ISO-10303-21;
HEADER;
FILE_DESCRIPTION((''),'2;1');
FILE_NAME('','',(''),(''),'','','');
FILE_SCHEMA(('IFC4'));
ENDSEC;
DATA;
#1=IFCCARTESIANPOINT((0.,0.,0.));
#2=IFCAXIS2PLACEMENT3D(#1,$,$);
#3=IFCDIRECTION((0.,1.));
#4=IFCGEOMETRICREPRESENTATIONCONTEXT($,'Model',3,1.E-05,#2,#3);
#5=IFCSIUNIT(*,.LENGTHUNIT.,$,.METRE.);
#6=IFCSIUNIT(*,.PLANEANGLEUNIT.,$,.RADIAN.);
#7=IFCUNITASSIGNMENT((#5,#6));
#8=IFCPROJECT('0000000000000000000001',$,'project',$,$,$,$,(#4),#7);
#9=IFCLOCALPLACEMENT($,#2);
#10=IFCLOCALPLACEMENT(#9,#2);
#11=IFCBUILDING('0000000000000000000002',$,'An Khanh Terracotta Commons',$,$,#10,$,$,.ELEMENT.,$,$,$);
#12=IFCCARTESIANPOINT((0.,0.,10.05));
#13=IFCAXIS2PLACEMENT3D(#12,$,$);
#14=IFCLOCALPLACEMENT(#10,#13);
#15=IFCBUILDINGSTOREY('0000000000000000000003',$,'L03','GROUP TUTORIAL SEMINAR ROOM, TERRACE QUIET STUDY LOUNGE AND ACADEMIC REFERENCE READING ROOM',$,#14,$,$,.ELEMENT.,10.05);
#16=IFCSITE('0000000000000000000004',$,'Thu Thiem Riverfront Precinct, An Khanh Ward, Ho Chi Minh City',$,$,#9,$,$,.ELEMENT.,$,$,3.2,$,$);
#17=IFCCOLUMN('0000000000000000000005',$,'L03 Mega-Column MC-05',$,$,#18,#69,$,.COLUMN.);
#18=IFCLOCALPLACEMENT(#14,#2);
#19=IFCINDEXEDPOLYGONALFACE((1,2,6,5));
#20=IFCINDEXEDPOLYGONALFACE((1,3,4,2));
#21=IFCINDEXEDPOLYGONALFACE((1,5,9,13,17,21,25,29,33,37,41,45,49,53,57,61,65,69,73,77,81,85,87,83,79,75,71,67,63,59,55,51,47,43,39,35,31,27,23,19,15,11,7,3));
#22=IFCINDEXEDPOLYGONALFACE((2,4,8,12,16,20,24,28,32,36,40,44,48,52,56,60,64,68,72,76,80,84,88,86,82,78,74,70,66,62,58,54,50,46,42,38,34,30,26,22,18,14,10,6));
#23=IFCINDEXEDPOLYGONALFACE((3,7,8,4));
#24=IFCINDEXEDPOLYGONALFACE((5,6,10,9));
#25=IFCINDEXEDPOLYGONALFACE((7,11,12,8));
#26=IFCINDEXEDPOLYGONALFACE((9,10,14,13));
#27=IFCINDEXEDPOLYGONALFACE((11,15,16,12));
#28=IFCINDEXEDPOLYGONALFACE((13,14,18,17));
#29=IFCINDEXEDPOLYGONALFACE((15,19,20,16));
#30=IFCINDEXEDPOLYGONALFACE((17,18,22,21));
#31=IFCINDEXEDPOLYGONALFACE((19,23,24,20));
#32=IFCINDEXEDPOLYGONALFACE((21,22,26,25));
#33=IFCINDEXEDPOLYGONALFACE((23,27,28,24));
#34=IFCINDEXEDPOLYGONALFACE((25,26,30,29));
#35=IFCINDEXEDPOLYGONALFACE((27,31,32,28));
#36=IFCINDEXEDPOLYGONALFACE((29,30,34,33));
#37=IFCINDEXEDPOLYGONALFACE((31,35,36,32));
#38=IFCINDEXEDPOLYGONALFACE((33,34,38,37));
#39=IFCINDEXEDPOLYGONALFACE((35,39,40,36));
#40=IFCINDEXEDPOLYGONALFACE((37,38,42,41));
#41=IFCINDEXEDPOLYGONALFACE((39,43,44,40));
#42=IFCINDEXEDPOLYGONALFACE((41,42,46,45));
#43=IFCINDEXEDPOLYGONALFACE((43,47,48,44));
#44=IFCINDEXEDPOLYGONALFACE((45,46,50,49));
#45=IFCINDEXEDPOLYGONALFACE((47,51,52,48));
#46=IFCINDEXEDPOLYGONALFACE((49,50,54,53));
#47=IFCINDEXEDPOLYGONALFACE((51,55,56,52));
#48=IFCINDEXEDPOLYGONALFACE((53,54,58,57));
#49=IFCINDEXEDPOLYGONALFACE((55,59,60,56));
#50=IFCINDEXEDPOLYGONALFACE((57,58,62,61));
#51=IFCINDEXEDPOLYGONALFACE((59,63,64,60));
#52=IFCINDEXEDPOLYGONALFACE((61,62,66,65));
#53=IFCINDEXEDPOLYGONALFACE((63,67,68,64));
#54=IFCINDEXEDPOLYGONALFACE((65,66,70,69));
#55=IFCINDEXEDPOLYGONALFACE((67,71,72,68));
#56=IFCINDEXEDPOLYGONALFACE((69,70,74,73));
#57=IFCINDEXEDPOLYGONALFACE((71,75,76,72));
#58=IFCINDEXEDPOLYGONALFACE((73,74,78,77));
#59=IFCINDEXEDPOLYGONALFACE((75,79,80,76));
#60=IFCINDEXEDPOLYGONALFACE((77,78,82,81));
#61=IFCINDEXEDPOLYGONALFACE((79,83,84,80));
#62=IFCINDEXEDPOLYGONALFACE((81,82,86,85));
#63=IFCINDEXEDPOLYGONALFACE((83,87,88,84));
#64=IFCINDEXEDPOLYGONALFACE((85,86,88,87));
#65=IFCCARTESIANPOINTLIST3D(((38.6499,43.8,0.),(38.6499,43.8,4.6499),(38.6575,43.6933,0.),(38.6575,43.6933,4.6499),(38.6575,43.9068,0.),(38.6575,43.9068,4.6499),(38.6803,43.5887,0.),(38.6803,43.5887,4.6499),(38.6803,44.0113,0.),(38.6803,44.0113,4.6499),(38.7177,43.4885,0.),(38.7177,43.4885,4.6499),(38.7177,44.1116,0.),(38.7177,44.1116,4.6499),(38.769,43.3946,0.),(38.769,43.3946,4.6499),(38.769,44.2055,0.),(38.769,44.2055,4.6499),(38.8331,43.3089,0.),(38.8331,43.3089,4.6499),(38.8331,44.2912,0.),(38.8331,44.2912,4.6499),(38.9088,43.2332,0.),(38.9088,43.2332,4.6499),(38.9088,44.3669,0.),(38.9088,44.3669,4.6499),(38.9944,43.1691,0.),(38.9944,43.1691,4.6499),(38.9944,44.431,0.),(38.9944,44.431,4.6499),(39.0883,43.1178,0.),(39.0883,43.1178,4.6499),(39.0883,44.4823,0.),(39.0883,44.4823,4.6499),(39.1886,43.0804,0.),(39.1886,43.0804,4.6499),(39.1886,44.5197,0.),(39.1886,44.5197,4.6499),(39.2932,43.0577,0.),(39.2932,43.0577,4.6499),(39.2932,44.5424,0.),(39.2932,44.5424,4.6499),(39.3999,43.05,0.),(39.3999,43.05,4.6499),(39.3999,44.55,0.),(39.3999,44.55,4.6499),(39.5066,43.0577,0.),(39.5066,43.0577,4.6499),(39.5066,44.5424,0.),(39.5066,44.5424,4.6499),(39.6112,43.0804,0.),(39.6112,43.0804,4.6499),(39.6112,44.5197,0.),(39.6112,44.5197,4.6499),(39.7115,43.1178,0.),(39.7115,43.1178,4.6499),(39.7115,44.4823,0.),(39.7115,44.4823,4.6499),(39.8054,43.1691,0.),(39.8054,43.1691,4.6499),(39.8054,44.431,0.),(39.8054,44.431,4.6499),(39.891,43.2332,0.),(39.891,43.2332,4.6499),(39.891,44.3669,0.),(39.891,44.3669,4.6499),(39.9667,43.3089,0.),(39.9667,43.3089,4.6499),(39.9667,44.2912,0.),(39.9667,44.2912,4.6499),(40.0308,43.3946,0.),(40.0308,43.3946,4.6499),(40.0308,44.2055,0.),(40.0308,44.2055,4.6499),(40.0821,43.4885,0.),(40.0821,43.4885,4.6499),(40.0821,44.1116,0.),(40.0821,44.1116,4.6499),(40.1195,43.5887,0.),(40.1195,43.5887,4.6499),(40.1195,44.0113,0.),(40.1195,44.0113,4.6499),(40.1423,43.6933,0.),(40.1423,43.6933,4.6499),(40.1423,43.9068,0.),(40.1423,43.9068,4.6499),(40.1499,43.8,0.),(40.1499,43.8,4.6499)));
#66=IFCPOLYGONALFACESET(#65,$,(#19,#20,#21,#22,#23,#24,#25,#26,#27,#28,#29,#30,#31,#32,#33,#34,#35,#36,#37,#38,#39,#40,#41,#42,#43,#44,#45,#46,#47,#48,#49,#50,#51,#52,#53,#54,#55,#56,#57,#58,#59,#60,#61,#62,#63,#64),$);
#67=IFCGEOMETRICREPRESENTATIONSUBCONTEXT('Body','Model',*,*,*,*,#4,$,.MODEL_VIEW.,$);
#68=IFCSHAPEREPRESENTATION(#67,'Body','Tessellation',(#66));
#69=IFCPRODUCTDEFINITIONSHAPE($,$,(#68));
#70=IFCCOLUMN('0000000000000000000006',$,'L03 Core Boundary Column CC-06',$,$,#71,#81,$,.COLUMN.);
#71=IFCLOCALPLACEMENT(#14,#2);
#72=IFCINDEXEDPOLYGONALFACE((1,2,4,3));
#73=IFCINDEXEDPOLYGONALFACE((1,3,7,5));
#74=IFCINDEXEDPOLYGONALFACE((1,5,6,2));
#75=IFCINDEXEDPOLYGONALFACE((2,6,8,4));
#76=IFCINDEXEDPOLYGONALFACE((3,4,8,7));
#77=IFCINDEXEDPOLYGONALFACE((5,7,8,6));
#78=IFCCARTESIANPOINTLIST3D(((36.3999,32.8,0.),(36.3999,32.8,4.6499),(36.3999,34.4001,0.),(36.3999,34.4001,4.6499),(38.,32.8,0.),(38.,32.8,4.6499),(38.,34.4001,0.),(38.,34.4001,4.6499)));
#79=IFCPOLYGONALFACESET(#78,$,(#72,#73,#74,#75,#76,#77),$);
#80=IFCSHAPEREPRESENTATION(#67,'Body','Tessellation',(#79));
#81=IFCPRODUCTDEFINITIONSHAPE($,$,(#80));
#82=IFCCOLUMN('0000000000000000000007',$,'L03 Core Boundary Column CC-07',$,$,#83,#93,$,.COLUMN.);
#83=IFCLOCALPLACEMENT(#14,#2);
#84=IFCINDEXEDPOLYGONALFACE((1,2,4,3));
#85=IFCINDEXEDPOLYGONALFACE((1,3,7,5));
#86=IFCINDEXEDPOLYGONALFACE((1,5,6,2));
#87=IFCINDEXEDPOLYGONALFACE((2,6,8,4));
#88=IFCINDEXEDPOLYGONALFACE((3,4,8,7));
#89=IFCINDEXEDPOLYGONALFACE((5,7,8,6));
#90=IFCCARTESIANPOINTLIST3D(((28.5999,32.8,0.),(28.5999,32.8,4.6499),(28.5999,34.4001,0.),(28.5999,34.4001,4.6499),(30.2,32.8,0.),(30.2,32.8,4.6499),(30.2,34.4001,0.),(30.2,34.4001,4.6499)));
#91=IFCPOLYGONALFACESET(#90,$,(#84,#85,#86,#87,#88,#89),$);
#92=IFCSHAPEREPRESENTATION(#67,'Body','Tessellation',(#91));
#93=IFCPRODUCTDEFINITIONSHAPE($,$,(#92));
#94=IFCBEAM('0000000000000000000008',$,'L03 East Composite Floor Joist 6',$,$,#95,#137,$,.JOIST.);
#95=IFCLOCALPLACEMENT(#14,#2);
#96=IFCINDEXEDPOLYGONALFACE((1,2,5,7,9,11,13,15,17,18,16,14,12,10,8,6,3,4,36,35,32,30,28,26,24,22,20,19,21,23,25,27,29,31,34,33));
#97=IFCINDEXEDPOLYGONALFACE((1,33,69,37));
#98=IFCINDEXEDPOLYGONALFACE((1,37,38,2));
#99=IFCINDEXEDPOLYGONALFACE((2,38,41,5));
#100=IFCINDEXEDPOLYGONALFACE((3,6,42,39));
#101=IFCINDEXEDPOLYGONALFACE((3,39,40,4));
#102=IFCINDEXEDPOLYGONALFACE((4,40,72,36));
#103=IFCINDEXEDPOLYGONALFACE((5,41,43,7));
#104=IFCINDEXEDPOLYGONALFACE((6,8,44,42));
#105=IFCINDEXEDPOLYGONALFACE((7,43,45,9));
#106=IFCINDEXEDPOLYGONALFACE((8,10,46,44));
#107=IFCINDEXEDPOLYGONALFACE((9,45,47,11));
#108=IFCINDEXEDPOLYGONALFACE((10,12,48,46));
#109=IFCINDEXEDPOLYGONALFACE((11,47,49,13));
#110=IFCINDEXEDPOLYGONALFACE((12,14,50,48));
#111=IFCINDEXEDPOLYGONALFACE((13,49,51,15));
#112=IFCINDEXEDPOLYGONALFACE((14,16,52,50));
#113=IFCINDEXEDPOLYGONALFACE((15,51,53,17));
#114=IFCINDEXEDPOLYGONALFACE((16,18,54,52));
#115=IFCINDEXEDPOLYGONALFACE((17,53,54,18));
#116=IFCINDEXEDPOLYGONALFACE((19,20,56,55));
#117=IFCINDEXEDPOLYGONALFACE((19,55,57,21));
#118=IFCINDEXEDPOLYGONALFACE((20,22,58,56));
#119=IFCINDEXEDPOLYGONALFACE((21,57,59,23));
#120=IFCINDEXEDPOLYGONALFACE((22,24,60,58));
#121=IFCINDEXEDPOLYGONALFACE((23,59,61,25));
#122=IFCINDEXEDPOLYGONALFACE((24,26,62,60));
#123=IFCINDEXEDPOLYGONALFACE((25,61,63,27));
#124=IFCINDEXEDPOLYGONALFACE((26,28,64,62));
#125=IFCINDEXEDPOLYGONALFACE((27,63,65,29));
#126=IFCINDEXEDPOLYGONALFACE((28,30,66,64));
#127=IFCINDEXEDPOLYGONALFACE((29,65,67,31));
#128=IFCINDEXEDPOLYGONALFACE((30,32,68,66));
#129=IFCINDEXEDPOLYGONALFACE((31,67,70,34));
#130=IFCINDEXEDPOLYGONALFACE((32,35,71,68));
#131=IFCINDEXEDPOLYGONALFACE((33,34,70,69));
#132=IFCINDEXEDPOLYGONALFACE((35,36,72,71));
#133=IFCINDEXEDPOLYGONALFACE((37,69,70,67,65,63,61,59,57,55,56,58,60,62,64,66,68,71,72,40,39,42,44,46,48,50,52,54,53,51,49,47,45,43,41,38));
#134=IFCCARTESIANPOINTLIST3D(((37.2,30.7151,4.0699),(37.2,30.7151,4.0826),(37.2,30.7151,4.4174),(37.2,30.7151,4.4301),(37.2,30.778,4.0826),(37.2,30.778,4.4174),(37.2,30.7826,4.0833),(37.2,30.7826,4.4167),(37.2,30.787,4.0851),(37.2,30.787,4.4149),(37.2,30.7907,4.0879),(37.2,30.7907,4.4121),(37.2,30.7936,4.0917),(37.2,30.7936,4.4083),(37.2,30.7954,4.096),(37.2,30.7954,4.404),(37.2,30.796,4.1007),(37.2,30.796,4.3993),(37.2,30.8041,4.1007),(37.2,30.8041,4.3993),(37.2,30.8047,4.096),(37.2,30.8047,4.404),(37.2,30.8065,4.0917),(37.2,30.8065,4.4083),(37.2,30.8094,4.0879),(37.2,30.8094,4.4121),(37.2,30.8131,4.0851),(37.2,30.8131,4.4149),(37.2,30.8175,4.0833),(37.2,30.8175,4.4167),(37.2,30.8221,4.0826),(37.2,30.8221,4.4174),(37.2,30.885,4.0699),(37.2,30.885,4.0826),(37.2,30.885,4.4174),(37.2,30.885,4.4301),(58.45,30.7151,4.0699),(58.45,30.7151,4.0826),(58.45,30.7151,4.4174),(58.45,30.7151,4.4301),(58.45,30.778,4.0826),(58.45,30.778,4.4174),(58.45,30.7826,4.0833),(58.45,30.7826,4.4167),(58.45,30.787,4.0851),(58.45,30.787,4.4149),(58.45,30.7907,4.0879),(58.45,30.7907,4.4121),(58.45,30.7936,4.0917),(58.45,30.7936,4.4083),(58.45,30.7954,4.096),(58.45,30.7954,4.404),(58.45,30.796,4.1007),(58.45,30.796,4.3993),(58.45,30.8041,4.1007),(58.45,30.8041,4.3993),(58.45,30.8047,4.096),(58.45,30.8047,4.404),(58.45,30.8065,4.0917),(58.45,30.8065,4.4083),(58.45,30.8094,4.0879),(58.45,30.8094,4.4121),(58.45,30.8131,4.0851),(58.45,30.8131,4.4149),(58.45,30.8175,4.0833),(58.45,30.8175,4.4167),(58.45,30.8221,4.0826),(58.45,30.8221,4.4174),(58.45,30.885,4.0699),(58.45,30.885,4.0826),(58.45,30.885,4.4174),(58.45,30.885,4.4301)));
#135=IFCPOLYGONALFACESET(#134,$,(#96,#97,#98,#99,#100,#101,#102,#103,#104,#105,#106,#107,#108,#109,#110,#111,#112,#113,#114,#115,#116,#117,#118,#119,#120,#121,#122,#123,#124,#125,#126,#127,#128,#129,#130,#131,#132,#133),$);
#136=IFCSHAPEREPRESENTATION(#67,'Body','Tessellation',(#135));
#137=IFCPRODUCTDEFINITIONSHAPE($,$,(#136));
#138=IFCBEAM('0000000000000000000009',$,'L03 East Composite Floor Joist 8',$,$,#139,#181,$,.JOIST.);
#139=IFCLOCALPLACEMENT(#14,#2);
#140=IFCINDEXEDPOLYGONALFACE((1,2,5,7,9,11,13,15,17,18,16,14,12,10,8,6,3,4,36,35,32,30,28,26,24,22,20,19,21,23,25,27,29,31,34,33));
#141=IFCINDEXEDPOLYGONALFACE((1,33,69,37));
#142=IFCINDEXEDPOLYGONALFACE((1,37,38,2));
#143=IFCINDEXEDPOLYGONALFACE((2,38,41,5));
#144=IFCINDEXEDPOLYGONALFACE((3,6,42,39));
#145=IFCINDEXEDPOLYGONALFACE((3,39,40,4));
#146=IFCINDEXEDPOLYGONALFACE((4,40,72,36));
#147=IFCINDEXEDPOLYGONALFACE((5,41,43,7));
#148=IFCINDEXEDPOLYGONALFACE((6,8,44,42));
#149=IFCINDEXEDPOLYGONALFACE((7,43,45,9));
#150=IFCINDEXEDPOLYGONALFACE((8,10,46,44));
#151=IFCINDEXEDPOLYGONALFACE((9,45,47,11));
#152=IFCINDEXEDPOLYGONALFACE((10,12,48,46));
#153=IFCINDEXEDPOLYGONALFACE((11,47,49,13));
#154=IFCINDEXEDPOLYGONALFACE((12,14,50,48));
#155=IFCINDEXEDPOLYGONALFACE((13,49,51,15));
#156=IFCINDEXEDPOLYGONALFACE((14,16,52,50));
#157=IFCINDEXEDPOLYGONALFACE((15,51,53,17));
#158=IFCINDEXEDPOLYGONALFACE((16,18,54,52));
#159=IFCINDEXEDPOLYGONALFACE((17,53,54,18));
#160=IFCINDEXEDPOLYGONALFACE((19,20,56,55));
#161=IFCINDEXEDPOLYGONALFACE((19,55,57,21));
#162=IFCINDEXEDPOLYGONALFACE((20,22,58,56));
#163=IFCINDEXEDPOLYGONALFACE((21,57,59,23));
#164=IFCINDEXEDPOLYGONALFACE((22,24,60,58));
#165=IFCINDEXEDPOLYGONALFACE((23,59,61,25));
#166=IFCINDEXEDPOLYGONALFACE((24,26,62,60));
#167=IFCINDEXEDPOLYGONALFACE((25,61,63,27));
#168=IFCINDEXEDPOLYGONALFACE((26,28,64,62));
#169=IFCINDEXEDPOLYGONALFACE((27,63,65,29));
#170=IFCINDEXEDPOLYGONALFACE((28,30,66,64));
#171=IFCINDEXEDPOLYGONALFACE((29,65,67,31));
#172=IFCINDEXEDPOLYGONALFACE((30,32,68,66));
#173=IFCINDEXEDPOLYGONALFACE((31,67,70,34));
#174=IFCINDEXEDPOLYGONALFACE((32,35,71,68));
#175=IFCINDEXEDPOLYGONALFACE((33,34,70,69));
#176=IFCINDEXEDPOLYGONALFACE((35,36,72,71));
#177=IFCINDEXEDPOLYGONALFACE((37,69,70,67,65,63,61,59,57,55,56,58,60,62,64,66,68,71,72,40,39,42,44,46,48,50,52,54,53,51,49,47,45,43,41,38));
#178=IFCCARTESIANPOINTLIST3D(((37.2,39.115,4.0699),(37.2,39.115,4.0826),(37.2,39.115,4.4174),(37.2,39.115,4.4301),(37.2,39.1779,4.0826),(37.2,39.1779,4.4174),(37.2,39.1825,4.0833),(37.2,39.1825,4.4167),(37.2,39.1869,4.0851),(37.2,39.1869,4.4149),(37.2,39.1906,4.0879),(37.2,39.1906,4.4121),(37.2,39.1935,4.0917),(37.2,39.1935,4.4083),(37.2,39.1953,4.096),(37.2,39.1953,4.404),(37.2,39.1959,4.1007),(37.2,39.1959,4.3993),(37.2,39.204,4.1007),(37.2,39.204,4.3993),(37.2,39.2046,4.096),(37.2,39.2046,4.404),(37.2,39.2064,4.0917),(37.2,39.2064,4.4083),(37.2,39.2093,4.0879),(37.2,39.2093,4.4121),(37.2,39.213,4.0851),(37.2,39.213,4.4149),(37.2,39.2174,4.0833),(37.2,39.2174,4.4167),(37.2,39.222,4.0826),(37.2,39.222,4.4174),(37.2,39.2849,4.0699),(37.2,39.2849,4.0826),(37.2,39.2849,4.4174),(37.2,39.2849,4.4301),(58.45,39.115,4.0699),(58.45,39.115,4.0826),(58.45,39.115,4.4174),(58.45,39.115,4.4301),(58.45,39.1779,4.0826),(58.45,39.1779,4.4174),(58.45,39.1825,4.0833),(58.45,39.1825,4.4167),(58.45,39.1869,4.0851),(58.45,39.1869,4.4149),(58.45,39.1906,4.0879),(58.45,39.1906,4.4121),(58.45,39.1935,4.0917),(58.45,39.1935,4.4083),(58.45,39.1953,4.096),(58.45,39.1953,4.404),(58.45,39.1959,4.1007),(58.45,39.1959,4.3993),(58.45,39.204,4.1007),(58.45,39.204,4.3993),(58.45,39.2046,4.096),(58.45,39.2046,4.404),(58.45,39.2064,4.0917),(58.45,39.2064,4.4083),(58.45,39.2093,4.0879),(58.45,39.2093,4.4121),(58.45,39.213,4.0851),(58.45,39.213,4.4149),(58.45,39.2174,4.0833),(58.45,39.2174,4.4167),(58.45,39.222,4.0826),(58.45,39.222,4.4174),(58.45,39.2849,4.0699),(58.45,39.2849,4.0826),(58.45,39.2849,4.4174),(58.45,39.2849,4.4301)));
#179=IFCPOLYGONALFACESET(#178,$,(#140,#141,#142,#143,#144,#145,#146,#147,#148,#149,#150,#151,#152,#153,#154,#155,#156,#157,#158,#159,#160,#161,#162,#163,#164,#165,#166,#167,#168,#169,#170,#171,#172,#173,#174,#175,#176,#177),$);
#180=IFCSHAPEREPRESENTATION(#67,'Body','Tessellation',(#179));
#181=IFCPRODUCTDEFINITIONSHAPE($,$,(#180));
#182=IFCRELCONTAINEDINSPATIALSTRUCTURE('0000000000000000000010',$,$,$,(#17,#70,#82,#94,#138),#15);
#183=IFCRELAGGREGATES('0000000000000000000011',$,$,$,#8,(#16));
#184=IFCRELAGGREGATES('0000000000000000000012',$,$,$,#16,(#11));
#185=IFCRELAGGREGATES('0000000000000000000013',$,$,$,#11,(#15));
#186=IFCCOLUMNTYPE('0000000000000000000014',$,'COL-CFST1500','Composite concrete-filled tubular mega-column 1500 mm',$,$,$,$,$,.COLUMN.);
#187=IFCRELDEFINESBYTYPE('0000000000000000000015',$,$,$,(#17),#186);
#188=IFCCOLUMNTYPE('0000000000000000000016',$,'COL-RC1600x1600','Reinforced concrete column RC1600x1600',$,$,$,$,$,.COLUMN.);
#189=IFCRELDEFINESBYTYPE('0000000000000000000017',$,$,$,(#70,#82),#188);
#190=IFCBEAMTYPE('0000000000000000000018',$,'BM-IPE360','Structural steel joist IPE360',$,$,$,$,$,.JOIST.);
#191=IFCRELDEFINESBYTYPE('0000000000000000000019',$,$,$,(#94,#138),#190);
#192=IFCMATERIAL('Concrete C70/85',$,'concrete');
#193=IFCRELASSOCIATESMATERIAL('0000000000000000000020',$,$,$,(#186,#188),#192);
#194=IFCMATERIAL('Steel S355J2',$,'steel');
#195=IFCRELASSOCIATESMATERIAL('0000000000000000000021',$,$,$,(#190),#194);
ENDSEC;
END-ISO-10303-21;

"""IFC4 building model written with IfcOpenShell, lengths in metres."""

from ifc_helpers import new_model, si_unit, direction, frame, origin, origin_2d, place, context, subcontext, project, spatial, rectangle, circle, i_section, extrude, material, material_profile, profile_set, type_object, element, save


model = new_model("IFC4")

# Units and contexts
model_context = context("Model", 3, precision=1e-05, world=origin(), true_north=direction((0.0, 1.0)))
body_context = subcontext(model_context, "Body", "Model", "MODEL_VIEW")
ifc_project = project(units=[si_unit("LENGTHUNIT", "METRE"), si_unit("PLANEANGLEUNIT", "RADIAN")], contexts=[model_context])

# Site, building, storey
site_placement = place(None, origin())
site = spatial("IfcSite", under=ifc_project, at=site_placement, Name="Thu Thiem Riverfront Precinct, An Khanh Ward, Ho Chi Minh City", CompositionType="ELEMENT", RefElevation=3.2)
building_placement = place(site_placement, origin())
building = spatial("IfcBuilding", under=site, at=building_placement, Name="An Khanh Terracotta Commons", CompositionType="ELEMENT")
storey_placement = place(building_placement, frame((0.0, 0.0, 10.05)))
storey = spatial("IfcBuildingStorey", under=building, at=storey_placement, Name="L03", Description="GROUP TUTORIAL SEMINAR ROOM, TERRACE QUIET STUDY LOUNGE AND ACADEMIC REFERENCE READING ROOM", CompositionType="ELEMENT", Elevation=10.05)

# Columns
ifc_material_1 = material(Name="Concrete C70/85", Category="concrete")
ifc_material_profile_1 = material_profile(ifc_material_1, circle(Radius=0.75, at=origin_2d()), Name="CFST1500")
ifc_profile_set_1 = profile_set([ifc_material_profile_1], Name="Concrete C70/85")
column_type_1 = type_object("IfcColumnType", Name="COL-CFST1500", Description="Composite concrete-filled tubular mega-column 1500 mm", PredefinedType="COLUMN", material=ifc_profile_set_1)
column_placement = place(storey_placement, frame((39.3999, 43.8, 0.0), z_axis=(0.0, 0.0, 1.0), x_axis=(1.0, 0.0, 0.0)))
element("IfcColumn", 1, at=column_placement, inside=storey, type_object=column_type_1, Name="L03 Mega-Column MC-05", PredefinedType="COLUMN", context=body_context, shape_type="SweptSolid", body=[
    extrude(circle(Radius=0.75, at=origin_2d()), origin(), (0.0, 0.0, 1.0), 4.6499),
])
ifc_material_profile_2 = material_profile(ifc_material_1, rectangle(XDim=1.6001, YDim=1.6001, at=origin_2d()), Name="RC1600x1600")
ifc_profile_set_2 = profile_set([ifc_material_profile_2], Name="Concrete C70/85")
column_type_2 = type_object("IfcColumnType", Name="COL-RC1600x1600", Description="Reinforced concrete column RC1600x1600", PredefinedType="COLUMN", material=ifc_profile_set_2)
for number, where, z_axis, x_axis, name in (
    (2, (37.2, 33.6001, 0.0), (0.0, 0.0, 1.0), (1.0, 0.0, 0.0), "L03 Core Boundary Column CC-06"),
    (3, (29.3999, 33.6001, 0.0), (0.0, 0.0, 1.0), (1.0, 0.0, 0.0), "L03 Core Boundary Column CC-07"),
):
    element("IfcColumn", number, at=place(storey_placement, frame(where, z_axis=z_axis, x_axis=x_axis)), inside=storey, type_object=column_type_2, Name=name, PredefinedType="COLUMN", context=body_context, shape_type="SweptSolid", body=[
        extrude(rectangle(XDim=1.6001, YDim=1.6001, at=origin_2d()), origin(), (0.0, 0.0, 1.0), 4.6499),
    ])

# Beams
ifc_material_2 = material(Name="Steel S355J2", Category="steel")
ifc_material_profile_3 = material_profile(ifc_material_2, i_section(OverallWidth=0.1699, OverallDepth=0.3601, WebThickness=0.0081, FlangeThickness=0.0127, FilletRadius=0.0181, at=origin_2d()), Name="IPE360")
ifc_profile_set_3 = profile_set([ifc_material_profile_3], Name="Steel S355J2")
beam_type_1 = type_object("IfcBeamType", Name="BM-IPE360", Description="Structural steel joist IPE360", PredefinedType="JOIST", material=ifc_profile_set_3)
for number, where, z_axis, x_axis, name in (
    (4, (37.2, 30.8, 4.25), (1.0, 0.0, 0.0), (0.0, 1.0, 0.0), "L03 East Composite Floor Joist 6"),
    (5, (37.2, 39.2, 4.25), (1.0, 0.0, 0.0), (0.0, 1.0, 0.0), "L03 East Composite Floor Joist 8"),
):
    element("IfcBeam", number, at=place(storey_placement, frame(where, z_axis=z_axis, x_axis=x_axis)), inside=storey, type_object=beam_type_1, Name=name, PredefinedType="JOIST", context=body_context, shape_type="SweptSolid", body=[
        extrude(i_section(OverallWidth=0.1699, OverallDepth=0.3601, WebThickness=0.0081, FlangeThickness=0.0127, FilletRadius=0.0181, at=origin_2d()), origin(), (0.0, 0.0, 1.0), 21.25),
    ])

save(model, "model.ifc")
